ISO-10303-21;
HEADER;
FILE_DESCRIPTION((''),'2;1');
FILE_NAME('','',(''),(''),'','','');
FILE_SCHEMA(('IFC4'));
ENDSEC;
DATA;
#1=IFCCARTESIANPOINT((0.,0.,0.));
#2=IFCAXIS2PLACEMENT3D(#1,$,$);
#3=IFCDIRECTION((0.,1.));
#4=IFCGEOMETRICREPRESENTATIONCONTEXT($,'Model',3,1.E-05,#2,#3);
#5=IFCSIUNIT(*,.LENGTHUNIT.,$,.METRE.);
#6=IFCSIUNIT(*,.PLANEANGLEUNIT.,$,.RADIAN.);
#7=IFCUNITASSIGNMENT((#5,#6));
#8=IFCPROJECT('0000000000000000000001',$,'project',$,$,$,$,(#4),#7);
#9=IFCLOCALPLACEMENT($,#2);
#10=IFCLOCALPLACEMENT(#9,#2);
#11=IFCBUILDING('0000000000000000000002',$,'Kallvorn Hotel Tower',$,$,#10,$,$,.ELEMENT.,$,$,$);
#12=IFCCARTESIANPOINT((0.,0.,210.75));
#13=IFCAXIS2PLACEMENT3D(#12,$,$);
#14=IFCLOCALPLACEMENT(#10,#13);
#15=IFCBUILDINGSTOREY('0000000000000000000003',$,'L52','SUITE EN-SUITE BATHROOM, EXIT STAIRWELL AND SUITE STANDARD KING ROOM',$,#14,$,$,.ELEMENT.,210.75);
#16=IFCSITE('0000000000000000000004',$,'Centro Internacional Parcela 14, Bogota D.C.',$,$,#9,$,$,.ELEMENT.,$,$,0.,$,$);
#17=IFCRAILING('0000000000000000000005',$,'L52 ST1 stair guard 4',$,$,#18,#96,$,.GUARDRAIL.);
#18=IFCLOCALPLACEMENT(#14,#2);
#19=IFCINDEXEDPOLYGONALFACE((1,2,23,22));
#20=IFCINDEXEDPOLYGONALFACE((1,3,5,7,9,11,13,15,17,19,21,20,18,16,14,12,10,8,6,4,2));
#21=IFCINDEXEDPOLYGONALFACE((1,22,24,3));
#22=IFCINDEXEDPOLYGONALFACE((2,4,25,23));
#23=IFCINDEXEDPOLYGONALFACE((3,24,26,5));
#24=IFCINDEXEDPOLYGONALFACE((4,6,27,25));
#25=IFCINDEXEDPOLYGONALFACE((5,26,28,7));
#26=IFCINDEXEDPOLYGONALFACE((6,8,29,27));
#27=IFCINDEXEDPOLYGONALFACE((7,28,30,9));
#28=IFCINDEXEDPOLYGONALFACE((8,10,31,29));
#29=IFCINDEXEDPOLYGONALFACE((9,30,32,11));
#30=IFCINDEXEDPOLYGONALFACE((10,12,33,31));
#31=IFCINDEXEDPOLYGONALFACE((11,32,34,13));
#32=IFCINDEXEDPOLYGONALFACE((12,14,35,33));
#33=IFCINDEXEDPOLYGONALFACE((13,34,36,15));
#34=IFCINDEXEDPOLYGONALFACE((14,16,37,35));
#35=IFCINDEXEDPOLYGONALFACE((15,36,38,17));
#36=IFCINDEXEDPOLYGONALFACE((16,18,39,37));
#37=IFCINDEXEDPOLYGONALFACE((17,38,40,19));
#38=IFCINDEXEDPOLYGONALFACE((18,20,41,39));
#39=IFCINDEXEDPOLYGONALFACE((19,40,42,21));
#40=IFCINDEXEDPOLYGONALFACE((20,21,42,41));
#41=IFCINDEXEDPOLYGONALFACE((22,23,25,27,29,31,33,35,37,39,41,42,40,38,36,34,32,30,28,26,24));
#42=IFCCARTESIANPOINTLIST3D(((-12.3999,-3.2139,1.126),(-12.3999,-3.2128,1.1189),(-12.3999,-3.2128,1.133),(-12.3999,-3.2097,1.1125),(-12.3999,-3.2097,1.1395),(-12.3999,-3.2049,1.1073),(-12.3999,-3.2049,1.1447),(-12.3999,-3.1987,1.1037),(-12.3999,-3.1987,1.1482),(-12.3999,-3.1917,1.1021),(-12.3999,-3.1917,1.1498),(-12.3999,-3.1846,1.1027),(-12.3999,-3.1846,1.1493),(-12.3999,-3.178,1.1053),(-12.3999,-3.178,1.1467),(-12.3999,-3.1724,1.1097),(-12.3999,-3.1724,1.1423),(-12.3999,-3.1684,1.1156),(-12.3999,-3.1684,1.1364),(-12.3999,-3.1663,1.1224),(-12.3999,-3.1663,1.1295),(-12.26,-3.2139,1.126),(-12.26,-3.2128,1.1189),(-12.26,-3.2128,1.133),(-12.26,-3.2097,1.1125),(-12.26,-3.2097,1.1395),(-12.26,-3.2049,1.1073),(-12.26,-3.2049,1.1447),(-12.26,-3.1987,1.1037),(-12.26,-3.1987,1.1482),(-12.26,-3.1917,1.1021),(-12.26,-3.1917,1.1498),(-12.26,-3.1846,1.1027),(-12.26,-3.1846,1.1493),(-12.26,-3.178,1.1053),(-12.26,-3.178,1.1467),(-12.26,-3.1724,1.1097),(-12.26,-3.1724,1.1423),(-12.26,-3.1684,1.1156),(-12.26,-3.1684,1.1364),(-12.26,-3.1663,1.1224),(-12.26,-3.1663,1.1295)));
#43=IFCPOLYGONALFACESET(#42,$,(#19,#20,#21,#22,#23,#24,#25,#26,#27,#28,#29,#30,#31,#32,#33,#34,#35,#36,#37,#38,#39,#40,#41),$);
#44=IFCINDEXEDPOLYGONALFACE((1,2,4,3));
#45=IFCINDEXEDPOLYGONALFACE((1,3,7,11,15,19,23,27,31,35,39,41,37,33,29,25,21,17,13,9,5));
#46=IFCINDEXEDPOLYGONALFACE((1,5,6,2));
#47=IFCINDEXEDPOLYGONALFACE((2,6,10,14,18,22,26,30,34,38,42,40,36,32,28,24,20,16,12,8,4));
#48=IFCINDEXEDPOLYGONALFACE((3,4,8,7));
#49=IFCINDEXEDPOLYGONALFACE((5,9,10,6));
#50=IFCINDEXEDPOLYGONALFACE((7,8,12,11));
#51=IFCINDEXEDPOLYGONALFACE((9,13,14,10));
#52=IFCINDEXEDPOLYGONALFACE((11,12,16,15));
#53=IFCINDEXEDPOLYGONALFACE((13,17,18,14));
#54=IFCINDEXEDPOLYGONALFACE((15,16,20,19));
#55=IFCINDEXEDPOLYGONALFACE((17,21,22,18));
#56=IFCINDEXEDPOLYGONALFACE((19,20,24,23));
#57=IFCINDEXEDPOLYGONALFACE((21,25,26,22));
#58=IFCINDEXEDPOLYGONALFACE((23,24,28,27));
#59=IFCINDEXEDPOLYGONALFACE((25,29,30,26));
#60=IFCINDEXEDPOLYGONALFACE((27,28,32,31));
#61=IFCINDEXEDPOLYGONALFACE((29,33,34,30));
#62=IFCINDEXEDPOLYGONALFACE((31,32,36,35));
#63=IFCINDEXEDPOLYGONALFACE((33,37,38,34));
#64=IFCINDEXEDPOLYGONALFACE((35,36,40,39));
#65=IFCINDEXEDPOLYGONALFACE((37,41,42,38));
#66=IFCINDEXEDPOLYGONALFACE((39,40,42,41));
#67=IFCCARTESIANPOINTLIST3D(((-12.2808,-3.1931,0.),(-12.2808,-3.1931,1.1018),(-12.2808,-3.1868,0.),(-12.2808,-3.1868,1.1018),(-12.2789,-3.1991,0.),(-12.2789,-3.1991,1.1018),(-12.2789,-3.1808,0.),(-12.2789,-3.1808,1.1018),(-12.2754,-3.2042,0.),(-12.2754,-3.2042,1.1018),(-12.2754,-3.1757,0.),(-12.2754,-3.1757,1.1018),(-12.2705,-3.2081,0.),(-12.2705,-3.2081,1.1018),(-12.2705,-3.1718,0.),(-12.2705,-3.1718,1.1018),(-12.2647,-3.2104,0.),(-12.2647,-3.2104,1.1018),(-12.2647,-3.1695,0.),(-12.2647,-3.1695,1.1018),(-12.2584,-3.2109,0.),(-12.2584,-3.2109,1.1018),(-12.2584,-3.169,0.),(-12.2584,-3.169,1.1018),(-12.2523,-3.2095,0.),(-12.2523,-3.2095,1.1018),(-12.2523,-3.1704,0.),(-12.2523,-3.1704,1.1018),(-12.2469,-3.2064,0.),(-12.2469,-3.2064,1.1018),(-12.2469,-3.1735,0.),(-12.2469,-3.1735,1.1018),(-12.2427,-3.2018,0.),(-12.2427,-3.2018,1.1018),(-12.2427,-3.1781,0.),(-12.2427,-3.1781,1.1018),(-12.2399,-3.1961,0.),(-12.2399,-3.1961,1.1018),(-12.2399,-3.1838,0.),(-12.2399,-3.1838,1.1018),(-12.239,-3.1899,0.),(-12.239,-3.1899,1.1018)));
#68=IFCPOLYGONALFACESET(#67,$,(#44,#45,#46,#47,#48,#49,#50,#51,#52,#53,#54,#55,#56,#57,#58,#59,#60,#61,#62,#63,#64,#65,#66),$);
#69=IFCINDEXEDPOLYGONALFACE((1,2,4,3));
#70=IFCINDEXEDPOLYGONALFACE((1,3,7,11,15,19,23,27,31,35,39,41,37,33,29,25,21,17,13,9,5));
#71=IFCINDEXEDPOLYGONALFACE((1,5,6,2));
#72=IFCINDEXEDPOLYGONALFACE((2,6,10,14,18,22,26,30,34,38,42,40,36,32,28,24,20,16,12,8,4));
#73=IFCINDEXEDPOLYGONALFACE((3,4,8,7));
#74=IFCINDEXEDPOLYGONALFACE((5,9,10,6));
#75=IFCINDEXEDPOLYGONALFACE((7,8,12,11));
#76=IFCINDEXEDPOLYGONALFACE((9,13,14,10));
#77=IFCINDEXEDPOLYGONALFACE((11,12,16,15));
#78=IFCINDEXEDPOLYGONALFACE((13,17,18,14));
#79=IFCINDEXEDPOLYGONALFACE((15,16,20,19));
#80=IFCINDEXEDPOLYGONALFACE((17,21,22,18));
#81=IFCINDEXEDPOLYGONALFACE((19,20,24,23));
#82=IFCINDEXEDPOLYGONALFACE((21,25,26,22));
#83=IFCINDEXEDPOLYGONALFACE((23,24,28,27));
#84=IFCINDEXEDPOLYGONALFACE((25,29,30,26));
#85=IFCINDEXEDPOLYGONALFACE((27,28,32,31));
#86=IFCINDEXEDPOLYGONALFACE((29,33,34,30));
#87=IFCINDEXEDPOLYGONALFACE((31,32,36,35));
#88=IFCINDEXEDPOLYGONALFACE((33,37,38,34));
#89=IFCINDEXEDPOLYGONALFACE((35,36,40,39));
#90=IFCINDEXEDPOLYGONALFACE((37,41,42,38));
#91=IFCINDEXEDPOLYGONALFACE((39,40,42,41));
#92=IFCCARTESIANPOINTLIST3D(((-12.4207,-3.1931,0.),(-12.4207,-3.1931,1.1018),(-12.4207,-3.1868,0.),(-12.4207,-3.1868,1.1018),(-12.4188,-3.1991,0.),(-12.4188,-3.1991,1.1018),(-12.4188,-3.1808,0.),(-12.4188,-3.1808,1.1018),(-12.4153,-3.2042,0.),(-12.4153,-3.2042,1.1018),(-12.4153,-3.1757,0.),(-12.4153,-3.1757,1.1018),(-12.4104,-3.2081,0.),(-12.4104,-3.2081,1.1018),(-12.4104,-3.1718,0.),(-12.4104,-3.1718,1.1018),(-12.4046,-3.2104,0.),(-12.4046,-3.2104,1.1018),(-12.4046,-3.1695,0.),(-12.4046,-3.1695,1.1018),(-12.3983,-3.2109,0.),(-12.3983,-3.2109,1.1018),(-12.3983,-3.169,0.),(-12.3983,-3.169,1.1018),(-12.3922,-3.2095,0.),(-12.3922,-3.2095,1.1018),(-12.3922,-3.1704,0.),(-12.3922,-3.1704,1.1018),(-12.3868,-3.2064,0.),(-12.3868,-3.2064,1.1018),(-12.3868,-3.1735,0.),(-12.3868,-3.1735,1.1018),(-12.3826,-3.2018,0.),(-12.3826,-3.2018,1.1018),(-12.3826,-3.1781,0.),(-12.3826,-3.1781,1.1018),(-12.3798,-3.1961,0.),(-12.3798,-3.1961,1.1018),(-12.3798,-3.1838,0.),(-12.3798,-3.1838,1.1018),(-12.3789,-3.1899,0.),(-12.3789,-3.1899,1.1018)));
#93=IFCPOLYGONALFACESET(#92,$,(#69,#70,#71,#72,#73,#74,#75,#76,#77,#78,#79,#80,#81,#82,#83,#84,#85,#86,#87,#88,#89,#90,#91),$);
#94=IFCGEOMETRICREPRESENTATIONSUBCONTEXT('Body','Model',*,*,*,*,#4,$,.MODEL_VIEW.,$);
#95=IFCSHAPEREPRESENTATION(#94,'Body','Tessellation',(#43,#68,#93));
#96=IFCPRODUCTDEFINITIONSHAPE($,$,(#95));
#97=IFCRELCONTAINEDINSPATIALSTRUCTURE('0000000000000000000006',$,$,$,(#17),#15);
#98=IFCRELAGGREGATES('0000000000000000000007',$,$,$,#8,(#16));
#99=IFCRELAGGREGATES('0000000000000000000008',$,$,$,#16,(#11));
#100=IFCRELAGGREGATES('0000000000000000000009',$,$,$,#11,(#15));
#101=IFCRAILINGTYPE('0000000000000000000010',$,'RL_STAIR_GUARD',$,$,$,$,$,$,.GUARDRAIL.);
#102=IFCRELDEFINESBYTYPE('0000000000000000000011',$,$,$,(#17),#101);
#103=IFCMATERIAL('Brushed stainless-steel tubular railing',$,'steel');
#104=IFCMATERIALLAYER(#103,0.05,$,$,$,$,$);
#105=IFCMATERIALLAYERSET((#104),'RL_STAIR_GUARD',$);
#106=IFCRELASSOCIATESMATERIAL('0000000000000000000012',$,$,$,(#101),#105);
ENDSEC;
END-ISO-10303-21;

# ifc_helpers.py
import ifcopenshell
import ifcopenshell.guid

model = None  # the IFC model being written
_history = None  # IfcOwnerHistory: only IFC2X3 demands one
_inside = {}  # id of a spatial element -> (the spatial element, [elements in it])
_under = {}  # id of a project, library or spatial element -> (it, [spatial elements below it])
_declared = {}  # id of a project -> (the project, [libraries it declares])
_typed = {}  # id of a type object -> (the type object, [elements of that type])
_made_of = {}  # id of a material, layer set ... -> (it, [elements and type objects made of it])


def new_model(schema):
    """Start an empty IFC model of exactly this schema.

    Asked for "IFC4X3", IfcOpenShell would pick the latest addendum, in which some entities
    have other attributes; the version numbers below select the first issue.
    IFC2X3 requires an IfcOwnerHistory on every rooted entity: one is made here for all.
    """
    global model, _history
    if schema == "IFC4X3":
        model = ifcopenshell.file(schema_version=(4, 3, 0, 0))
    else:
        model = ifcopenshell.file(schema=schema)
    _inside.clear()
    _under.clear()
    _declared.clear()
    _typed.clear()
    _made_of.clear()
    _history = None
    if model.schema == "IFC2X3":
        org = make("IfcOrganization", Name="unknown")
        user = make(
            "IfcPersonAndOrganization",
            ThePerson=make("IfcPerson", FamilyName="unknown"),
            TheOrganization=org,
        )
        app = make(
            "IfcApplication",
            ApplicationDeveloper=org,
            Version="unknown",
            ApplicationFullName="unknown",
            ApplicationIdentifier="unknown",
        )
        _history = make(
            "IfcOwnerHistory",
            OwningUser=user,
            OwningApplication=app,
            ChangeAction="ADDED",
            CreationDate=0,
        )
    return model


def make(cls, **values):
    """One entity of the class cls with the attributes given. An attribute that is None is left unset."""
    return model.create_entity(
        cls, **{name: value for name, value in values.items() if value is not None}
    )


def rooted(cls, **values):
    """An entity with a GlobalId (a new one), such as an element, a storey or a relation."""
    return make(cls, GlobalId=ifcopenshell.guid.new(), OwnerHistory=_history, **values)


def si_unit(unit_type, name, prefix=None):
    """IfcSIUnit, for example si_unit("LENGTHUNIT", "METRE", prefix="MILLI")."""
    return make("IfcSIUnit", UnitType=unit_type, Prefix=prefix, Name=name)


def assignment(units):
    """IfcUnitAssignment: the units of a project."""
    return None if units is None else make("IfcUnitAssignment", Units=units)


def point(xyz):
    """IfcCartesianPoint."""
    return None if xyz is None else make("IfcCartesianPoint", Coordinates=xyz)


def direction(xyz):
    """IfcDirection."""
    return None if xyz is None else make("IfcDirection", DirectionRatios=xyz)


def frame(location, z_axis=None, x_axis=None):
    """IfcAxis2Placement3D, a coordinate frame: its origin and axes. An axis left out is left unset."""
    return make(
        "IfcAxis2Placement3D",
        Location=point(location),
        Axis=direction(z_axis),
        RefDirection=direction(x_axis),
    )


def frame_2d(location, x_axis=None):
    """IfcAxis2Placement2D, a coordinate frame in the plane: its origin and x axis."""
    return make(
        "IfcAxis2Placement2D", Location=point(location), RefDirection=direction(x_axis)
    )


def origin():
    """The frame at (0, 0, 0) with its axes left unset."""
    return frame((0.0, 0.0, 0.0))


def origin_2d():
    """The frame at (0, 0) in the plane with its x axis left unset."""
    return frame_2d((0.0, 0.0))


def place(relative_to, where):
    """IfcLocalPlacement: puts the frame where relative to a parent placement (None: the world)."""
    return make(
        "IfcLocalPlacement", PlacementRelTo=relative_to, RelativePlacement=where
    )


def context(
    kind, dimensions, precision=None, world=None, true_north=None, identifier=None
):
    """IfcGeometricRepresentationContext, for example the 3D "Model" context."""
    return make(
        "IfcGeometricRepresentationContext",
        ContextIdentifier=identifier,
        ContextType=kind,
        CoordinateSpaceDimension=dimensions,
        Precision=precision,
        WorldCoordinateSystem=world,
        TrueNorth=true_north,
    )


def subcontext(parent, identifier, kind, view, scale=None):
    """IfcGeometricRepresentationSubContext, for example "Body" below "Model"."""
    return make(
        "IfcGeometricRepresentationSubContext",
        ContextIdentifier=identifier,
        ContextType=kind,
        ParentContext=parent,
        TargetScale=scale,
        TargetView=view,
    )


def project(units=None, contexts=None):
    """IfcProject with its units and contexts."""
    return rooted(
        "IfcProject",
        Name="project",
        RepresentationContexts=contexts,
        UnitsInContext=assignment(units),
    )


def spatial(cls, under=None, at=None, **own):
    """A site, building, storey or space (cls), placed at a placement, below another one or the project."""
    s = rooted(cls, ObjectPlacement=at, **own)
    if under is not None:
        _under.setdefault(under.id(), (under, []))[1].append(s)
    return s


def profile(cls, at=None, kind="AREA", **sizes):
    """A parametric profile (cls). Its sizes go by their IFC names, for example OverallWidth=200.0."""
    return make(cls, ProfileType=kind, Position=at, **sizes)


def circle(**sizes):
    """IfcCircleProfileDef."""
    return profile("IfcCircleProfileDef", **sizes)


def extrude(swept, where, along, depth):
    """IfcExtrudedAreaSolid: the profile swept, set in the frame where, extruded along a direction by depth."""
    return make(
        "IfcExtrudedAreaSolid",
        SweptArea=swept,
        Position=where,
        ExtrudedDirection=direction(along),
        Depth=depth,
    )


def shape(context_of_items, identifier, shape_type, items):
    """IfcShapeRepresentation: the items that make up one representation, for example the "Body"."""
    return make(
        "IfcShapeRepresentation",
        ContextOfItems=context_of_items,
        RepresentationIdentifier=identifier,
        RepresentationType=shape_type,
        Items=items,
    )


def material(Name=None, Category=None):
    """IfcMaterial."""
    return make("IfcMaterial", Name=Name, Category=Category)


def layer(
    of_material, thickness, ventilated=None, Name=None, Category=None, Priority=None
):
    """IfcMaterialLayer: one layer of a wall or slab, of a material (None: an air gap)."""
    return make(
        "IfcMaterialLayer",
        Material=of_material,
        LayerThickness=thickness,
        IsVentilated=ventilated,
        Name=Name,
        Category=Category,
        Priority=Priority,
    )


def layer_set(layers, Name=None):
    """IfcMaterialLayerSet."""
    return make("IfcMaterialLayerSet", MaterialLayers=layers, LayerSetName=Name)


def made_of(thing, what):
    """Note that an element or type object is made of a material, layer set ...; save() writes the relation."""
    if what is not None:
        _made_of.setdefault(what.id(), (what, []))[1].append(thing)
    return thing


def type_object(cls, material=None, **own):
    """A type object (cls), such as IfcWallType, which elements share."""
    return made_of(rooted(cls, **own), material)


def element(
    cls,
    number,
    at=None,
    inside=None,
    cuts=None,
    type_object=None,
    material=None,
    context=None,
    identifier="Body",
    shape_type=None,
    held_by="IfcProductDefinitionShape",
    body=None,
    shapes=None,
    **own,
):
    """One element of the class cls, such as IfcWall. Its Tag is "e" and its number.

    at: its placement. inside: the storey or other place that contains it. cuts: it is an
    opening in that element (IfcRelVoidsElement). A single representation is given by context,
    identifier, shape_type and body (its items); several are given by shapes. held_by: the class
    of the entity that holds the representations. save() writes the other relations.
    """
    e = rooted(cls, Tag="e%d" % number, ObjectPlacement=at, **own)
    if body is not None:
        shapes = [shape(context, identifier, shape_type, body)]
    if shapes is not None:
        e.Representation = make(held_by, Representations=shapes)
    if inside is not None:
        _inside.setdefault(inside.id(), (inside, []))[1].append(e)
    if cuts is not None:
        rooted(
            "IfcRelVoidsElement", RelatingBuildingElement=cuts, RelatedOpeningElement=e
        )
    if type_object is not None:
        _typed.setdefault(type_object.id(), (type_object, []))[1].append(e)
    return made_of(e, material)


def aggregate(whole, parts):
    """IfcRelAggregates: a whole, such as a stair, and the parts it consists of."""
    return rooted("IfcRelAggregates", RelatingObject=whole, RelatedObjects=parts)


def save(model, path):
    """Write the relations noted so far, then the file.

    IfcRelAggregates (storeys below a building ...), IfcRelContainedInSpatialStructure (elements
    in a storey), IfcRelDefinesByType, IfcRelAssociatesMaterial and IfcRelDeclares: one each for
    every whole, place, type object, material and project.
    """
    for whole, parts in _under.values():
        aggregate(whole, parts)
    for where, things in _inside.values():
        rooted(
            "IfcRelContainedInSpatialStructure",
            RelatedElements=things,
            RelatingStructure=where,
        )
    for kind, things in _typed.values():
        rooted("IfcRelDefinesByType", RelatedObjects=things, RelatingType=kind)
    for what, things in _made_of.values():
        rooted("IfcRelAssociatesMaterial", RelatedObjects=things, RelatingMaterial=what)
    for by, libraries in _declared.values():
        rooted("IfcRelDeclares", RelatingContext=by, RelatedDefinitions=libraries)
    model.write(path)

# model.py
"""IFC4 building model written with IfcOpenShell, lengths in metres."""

from ifc_helpers import new_model, si_unit, direction, frame, origin, origin_2d, place, context, subcontext, project, spatial, circle, extrude, material, layer, layer_set, type_object, element, save


model = new_model("IFC4")

# Units and contexts
model_context = context("Model", 3, precision=1e-05, world=origin(), true_north=direction((0.0, 1.0)))
body_context = subcontext(model_context, "Body", "Model", "MODEL_VIEW")
ifc_project = project(units=[si_unit("LENGTHUNIT", "METRE"), si_unit("PLANEANGLEUNIT", "RADIAN")], contexts=[model_context])

# Site, building, storey
site_placement = place(None, origin())
site = spatial("IfcSite", under=ifc_project, at=site_placement, Name="Centro Internacional Parcela 14, Bogota D.C.", CompositionType="ELEMENT", RefElevation=0.0)
building_placement = place(site_placement, origin())
building = spatial("IfcBuilding", under=site, at=building_placement, Name="Kallvorn Hotel Tower", CompositionType="ELEMENT")
storey_placement = place(building_placement, frame((0.0, 0.0, 210.75)))
storey = spatial("IfcBuildingStorey", under=building, at=storey_placement, Name="L52", Description="SUITE EN-SUITE BATHROOM, EXIT STAIRWELL AND SUITE STANDARD KING ROOM", CompositionType="ELEMENT", Elevation=210.75)

# Railing
ifc_material_1 = material(Name="Brushed stainless-steel tubular railing", Category="steel")
ifc_layer_1 = layer(ifc_material_1, 0.05)
ifc_layer_set_1 = layer_set([ifc_layer_1], Name="RL_STAIR_GUARD")
railing_type_1 = type_object("IfcRailingType", Name="RL_STAIR_GUARD", PredefinedType="GUARDRAIL", material=ifc_layer_set_1)
railing_1_placement = place(storey_placement, frame((-12.26, -3.1899, 0.0)))
element("IfcRailing", 1, at=railing_1_placement, inside=storey, type_object=railing_type_1, Name="L52 ST1 stair guard 4", PredefinedType="GUARDRAIL", context=body_context, shape_type="SweptSolid", body=[
    extrude(circle(Radius=0.0239, at=origin_2d()), frame((0.0, 0.0, 1.126), z_axis=(-1.0, 0.0, 0.0), x_axis=(0.0, -1.0, 0.0)), (0.0, 0.0, 1.0), 0.1399),
    extrude(circle(Radius=0.021, at=origin_2d()), origin(), (0.0, 0.0, 1.0), 1.1018),
    extrude(circle(Radius=0.021, at=origin_2d()), frame((-0.1399, 0.0, 0.0)), (0.0, 0.0, 1.0), 1.1018),
])

save(model, "model.ifc")
